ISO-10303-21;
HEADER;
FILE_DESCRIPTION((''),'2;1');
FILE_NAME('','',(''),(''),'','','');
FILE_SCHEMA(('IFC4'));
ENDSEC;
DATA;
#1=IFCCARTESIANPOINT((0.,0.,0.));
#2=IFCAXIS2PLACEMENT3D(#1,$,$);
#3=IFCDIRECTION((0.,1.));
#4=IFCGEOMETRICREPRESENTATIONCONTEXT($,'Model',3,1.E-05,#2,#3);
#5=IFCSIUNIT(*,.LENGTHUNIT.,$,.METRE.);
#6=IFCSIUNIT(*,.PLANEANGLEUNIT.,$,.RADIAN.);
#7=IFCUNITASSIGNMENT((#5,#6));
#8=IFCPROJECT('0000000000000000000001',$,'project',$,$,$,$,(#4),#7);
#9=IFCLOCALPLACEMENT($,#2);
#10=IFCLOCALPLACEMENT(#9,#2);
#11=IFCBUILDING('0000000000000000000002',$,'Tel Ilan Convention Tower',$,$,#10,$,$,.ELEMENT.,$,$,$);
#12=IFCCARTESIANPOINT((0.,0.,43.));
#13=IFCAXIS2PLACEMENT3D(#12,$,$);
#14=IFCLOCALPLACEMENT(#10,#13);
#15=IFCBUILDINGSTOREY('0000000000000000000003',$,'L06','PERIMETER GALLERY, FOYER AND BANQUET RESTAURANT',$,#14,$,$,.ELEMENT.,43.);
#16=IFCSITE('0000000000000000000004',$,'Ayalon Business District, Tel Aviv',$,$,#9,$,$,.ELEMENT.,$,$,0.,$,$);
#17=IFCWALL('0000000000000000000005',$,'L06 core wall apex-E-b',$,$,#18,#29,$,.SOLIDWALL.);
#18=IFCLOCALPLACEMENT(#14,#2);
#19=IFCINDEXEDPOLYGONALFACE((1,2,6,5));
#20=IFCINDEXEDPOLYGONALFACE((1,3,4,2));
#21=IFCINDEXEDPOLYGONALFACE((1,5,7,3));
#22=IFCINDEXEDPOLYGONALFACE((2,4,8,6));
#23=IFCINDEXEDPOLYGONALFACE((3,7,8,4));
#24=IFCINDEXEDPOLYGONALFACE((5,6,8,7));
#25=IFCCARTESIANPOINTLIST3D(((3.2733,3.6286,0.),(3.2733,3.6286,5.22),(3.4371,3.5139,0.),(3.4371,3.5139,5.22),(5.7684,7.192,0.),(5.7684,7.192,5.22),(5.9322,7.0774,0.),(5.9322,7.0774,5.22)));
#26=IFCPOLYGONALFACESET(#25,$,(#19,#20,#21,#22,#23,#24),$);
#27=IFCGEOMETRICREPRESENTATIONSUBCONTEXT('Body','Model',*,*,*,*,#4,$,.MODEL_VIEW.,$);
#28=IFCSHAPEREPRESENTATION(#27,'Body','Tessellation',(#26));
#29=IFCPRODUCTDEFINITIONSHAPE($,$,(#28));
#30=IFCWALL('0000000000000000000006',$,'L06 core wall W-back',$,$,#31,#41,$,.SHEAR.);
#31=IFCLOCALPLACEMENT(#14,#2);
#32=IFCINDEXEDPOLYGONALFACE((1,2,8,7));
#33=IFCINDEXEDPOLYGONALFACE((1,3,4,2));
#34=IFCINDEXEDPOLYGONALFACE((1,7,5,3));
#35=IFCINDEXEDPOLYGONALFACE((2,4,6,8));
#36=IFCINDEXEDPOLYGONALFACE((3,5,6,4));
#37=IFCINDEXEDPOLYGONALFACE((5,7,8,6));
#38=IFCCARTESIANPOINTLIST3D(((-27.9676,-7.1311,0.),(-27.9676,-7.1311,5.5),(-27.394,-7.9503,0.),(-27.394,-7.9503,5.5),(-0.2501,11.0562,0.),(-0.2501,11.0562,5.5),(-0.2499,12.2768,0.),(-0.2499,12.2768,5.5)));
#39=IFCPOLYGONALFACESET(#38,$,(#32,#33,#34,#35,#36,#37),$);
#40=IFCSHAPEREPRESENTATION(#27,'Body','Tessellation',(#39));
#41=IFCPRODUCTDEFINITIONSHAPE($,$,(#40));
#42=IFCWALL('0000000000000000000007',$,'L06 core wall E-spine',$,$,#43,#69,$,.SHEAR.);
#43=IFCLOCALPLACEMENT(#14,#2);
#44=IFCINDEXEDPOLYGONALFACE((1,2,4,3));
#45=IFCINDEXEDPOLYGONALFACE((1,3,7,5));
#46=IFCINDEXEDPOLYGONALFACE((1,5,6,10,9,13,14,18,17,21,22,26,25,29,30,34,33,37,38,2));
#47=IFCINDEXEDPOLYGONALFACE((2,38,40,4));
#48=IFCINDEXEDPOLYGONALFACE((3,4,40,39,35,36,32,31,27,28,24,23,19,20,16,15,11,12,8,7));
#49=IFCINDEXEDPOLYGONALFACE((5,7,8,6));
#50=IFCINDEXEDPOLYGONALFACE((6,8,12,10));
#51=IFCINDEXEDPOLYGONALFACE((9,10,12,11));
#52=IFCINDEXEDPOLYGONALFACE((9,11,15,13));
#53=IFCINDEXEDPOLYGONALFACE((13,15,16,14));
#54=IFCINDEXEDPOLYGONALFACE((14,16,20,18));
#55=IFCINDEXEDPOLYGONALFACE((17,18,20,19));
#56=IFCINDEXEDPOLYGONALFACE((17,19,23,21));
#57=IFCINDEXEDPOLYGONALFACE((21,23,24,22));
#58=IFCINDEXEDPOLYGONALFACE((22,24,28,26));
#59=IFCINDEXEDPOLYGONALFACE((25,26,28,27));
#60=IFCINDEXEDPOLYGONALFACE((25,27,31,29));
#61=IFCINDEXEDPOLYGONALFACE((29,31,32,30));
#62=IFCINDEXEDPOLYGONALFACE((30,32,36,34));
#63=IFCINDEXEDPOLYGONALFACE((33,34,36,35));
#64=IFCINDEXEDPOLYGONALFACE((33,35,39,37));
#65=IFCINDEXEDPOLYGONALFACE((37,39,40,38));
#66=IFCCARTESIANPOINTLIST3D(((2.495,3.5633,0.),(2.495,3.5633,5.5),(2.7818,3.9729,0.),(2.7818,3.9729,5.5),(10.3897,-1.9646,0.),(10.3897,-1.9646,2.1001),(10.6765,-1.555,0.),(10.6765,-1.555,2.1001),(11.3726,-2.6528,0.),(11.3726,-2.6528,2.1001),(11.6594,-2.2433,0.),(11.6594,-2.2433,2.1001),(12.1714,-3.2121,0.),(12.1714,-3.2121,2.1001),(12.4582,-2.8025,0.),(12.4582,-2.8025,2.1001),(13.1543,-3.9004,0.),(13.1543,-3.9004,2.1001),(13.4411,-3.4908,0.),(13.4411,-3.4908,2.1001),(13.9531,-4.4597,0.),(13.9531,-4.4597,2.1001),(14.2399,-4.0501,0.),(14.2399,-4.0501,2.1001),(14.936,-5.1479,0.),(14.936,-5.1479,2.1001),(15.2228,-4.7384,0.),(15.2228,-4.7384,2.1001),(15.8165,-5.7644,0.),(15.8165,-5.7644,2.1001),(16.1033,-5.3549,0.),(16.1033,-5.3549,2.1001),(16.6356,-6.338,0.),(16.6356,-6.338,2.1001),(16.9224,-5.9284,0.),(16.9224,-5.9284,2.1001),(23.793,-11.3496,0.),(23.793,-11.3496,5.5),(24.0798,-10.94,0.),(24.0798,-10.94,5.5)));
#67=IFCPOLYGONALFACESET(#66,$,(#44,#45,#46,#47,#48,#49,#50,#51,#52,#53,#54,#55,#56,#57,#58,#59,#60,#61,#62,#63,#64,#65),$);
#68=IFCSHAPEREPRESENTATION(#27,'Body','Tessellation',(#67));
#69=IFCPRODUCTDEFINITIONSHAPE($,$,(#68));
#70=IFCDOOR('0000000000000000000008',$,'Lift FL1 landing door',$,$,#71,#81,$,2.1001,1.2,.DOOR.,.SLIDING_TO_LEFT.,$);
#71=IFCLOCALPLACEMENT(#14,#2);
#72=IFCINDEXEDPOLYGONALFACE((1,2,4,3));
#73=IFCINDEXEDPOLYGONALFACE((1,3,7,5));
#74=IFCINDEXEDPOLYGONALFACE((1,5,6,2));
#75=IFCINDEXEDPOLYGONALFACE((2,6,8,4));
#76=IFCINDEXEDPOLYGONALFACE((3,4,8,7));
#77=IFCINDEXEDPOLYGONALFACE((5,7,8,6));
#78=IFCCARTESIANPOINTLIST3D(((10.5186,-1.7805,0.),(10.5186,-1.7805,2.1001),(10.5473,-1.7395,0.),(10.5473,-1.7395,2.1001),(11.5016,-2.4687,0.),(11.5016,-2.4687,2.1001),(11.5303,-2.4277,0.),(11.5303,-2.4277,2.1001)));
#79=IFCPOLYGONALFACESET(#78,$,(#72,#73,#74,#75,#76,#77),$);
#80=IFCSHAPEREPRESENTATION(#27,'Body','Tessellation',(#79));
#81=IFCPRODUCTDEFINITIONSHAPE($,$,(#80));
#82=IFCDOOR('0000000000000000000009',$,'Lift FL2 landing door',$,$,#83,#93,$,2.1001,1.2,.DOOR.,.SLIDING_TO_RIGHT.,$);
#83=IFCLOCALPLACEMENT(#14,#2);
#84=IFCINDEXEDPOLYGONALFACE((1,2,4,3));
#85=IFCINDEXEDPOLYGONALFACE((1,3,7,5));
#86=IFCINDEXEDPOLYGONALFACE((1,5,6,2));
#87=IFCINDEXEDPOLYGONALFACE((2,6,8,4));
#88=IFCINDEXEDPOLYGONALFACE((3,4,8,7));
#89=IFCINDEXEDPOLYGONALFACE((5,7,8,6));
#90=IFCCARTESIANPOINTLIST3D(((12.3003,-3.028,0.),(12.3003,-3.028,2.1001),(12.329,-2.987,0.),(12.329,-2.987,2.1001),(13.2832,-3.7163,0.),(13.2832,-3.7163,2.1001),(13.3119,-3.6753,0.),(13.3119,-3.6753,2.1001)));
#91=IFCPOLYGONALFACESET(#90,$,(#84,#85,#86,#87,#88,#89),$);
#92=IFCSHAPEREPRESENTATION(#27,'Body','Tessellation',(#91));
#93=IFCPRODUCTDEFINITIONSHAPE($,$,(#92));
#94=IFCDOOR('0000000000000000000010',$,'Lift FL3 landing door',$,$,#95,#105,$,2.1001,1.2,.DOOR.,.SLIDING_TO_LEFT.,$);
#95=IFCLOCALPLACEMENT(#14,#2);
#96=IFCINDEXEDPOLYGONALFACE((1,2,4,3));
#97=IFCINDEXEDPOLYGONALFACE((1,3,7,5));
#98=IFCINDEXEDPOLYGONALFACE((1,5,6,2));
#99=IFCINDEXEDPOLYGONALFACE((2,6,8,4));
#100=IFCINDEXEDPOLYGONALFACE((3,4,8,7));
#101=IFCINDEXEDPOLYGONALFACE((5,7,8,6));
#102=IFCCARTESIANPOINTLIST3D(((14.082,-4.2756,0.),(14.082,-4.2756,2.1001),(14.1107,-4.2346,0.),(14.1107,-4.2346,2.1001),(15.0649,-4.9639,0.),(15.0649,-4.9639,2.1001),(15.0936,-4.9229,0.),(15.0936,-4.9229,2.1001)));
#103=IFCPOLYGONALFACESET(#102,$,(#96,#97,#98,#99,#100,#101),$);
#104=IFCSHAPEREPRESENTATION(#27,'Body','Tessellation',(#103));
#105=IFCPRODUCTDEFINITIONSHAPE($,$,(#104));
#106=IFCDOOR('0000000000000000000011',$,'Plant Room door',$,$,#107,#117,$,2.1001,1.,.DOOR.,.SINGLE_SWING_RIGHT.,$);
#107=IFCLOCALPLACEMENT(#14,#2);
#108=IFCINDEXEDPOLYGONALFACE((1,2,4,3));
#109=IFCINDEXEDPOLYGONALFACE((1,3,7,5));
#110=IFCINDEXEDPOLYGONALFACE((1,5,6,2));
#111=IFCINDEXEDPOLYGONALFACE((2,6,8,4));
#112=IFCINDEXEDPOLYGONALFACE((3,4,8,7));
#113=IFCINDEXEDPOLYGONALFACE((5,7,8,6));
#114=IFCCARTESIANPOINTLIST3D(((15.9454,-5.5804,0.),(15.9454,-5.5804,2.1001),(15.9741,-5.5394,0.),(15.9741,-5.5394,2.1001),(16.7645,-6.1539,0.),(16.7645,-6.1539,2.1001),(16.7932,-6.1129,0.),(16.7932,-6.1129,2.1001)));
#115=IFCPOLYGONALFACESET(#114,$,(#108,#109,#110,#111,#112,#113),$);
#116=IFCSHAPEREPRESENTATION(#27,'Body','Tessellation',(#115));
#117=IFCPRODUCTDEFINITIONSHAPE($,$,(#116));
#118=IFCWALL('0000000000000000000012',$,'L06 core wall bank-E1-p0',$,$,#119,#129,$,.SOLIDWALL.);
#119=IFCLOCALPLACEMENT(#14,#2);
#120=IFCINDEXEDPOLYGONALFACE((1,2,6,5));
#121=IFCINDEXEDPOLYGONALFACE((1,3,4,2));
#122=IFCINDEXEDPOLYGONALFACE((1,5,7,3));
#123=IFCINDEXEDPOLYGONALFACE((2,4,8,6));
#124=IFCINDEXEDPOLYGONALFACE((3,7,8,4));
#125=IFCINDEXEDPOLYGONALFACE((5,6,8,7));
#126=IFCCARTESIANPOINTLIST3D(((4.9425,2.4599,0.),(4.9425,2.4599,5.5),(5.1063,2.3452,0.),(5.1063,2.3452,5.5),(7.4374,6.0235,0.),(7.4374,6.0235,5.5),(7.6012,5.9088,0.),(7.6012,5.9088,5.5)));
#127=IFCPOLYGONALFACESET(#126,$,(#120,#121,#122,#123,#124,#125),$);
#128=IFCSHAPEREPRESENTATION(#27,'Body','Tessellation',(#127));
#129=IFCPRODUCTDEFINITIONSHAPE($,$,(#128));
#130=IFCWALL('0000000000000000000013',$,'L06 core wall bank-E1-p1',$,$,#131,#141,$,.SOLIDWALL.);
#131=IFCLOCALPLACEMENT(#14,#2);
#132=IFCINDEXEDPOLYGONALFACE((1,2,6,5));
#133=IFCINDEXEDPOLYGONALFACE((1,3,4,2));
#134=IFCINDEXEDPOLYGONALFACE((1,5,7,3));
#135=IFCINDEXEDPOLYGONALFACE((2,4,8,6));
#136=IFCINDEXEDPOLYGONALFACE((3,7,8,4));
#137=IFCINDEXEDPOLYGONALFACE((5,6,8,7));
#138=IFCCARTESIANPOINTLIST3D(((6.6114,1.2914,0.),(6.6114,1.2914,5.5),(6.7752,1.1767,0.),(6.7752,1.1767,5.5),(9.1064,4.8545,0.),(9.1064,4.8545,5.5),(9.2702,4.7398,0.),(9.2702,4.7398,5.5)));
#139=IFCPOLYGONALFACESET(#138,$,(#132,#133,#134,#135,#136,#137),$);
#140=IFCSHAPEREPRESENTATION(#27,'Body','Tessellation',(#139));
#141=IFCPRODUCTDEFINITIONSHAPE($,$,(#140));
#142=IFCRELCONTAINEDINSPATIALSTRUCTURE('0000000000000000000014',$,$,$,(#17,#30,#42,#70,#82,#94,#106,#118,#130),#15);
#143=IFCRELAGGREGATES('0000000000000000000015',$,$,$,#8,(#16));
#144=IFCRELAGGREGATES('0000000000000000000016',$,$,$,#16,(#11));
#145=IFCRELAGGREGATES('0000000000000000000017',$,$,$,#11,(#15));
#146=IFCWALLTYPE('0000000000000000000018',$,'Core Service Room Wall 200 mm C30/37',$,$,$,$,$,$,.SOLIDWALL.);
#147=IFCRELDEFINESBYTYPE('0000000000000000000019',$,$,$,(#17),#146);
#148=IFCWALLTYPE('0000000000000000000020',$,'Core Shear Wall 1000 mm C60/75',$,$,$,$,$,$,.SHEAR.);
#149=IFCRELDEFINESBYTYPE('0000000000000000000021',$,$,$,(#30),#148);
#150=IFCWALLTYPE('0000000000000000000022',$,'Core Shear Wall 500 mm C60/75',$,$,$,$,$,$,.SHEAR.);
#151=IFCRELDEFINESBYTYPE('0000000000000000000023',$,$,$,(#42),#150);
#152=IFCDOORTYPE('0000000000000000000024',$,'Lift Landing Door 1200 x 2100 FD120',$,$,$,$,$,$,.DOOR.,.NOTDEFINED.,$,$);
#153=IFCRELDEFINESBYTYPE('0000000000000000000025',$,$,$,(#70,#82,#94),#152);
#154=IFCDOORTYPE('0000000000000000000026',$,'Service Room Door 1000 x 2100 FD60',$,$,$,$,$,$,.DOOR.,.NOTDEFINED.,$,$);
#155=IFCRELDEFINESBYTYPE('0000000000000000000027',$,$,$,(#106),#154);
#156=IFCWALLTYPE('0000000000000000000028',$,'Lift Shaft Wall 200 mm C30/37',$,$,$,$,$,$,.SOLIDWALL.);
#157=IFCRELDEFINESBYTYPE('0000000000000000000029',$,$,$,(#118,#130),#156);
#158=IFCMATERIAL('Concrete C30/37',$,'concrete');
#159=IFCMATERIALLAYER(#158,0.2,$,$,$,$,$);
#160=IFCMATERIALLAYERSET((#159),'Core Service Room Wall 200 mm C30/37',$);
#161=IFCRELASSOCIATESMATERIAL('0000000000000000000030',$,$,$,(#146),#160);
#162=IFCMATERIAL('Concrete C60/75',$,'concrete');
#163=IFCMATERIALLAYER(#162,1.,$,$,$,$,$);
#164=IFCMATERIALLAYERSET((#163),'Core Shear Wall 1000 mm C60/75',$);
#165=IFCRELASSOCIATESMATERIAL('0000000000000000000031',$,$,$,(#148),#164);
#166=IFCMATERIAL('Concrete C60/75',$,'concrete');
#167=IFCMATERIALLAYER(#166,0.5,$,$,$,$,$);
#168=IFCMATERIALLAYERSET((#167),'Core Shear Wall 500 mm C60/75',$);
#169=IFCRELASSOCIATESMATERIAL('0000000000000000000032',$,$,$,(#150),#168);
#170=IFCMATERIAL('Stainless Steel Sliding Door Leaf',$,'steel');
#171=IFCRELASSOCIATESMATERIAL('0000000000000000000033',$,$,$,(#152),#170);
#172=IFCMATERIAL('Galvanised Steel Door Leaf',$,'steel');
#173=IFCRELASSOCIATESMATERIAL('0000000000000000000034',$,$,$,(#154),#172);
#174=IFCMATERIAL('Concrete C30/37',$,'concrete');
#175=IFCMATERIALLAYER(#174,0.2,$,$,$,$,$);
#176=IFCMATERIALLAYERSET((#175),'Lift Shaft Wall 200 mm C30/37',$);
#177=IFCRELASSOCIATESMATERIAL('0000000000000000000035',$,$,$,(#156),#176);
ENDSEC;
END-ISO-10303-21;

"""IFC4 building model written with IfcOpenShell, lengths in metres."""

from ifc_helpers import new_model, si_unit, direction, frame, frame_2d, origin, place, context, subcontext, project, spatial, polyline, rectangle, outline, extrude, material, layer, layer_set, type_object, element, fill, save


model = new_model("IFC4")

# Units and contexts
model_context = context("Model", 3, precision=1e-05, world=origin(), true_north=direction((0.0, 1.0)))
body_context = subcontext(model_context, "Body", "Model", "MODEL_VIEW")
ifc_project = project(units=[si_unit("LENGTHUNIT", "METRE"), si_unit("PLANEANGLEUNIT", "RADIAN")], contexts=[model_context])

# Site, building, storey
site_placement = place(None, origin())
site = spatial("IfcSite", under=ifc_project, at=site_placement, Name="Ayalon Business District, Tel Aviv", CompositionType="ELEMENT", RefElevation=0.0)
building_placement = place(site_placement, origin())
building = spatial("IfcBuilding", under=site, at=building_placement, Name="Tel Ilan Convention Tower", CompositionType="ELEMENT")
storey_placement = place(building_placement, frame((0.0, 0.0, 43.0)))
storey = spatial("IfcBuildingStorey", under=building, at=storey_placement, Name="L06", Description="PERIMETER GALLERY, FOYER AND BANQUET RESTAURANT", CompositionType="ELEMENT", Elevation=43.0)

# Walls
ifc_material_1 = material(Name="Concrete C30/37", Category="concrete")
ifc_layer_1 = layer(ifc_material_1, 0.2)
ifc_layer_set_1 = layer_set([ifc_layer_1], Name="Core Service Room Wall 200 mm C30/37")
wall_type_1 = type_object("IfcWallType", Name="Core Service Room Wall 200 mm C30/37", PredefinedType="SOLIDWALL", material=ifc_layer_set_1)
wall_1_placement = place(storey_placement, frame((3.3552, 3.5713, 0.0), z_axis=(0.0, 0.0, 1.0), x_axis=(0.573568, 0.819158, 0.0)))
element("IfcWall", 1, at=wall_1_placement, inside=storey, type_object=wall_type_1, Name="L06 core wall apex-E-b", PredefinedType="SOLIDWALL", context=body_context, shape_type="SweptSolid", body=[
    extrude(rectangle(XDim=4.3501, YDim=0.2, at=frame_2d((2.175, 0.0))), origin(), (0.0, 0.0, 1.0), 5.22),
])
ifc_material_2 = material(Name="Concrete C60/75", Category="concrete")
ifc_layer_2 = layer(ifc_material_2, 1.0)
ifc_layer_set_2 = layer_set([ifc_layer_2], Name="Core Shear Wall 1000 mm C60/75")
wall_type_2 = type_object("IfcWallType", Name="Core Shear Wall 1000 mm C60/75", PredefinedType="SHEAR", material=ifc_layer_set_2)
wall_2_placement = place(storey_placement, frame((0.0369, 11.8672, 0.0), z_axis=(0.0, 0.0, 1.0), x_axis=(-0.819155, -0.573572, 0.0)))
element("IfcWall", 2, at=wall_2_placement, inside=storey, type_object=wall_type_2, Name="L06 core wall W-back", PredefinedType="SHEAR", context=body_context, shape_type="SweptSolid", body=[
    extrude(outline(polyline([(33.8369, 0.5), (0.7002, 0.4998), (0.0, -0.5), (33.8369, -0.5), (33.8369, 0.5)])), origin(), (0.0, 0.0, 1.0), 5.5),
])

# Wall, openings, doors
ifc_material_3 = material(Name="Concrete C60/75", Category="concrete")
ifc_layer_3 = layer(ifc_material_3, 0.5)
ifc_layer_set_3 = layer_set([ifc_layer_3], Name="Core Shear Wall 500 mm C60/75")
wall_type_3 = type_object("IfcWallType", Name="Core Shear Wall 500 mm C60/75", PredefinedType="SHEAR", material=ifc_layer_set_3)
wall_3_placement = place(storey_placement, frame((2.6384, 3.7681, 0.0), z_axis=(0.0, 0.0, 1.0), x_axis=(0.819149, -0.573581, 0.0)))
wall_3 = element("IfcWall", 3, at=wall_3_placement, inside=storey, type_object=wall_type_3, Name="L06 core wall E-spine", PredefinedType="SHEAR", context=body_context, shape_type="SweptSolid", body=[
    extrude(outline(polyline([(0.0, 0.25), (0.0, -0.25), (26.0, -0.2498), (26.0, 0.2502), (0.0, 0.25)])), origin(), (0.0, 0.0, 1.0), 5.5),
])
opening_1_placement = place(wall_3_placement, frame((9.6375, 0.0, 0.0)))
opening_1 = element("IfcOpeningElement", 4, at=opening_1_placement, cuts=wall_3, PredefinedType="OPENING", context=body_context, shape_type="SweptSolid", body=[
    extrude(rectangle(XDim=1.2, YDim=2.1001, at=frame_2d((0.6001, 1.05))), frame((0.0, 0.26, 0.0), z_axis=(0.0, -1.0, 0.0), x_axis=(1.0, 0.0, 0.0)), (0.0, 0.0, 1.0), 0.52),
])
opening_2_placement = place(wall_3_placement, frame((11.8125, 0.0, 0.0)))
opening_2 = element("IfcOpeningElement", 5, at=opening_2_placement, cuts=wall_3, PredefinedType="OPENING", context=body_context, shape_type="SweptSolid", body=[
    extrude(rectangle(XDim=1.2, YDim=2.1001, at=frame_2d((0.6001, 1.05))), frame((0.0, 0.26, 0.0), z_axis=(0.0, -1.0, 0.0), x_axis=(1.0, 0.0, 0.0)), (0.0, 0.0, 1.0), 0.52),
])
opening_3_placement = place(wall_3_placement, frame((13.9875, 0.0, 0.0)))
opening_3 = element("IfcOpeningElement", 6, at=opening_3_placement, cuts=wall_3, PredefinedType="OPENING", context=body_context, shape_type="SweptSolid", body=[
    extrude(rectangle(XDim=1.2, YDim=2.1001, at=frame_2d((0.6001, 1.05))), frame((0.0, 0.26, 0.0), z_axis=(0.0, -1.0, 0.0), x_axis=(1.0, 0.0, 0.0)), (0.0, 0.0, 1.0), 0.52),
])
opening_4_placement = place(wall_3_placement, frame((16.2625, 0.0, 0.0)))
opening_4 = element("IfcOpeningElement", 7, at=opening_4_placement, cuts=wall_3, PredefinedType="OPENING", context=body_context, shape_type="SweptSolid", body=[
    extrude(rectangle(XDim=1.0, YDim=2.1001, at=frame_2d((0.5, 1.05))), frame((0.0, 0.26, 0.0), z_axis=(0.0, -1.0, 0.0), x_axis=(1.0, 0.0, 0.0)), (0.0, 0.0, 1.0), 0.52),
])
ifc_material_4 = material(Name="Stainless Steel Sliding Door Leaf", Category="steel")
door_type_1 = type_object("IfcDoorType", Name="Lift Landing Door 1200 x 2100 FD120", OperationType="NOTDEFINED", PredefinedType="DOOR", material=ifc_material_4)
door_1_placement = place(opening_1_placement, origin())
door_1 = element("IfcDoor", 8, at=door_1_placement, inside=storey, type_object=door_type_1, Name="Lift FL1 landing door", OperationType="SLIDING_TO_LEFT", OverallHeight=2.1001, OverallWidth=1.2, PredefinedType="DOOR", context=body_context, shape_type="SweptSolid", body=[
    extrude(rectangle(XDim=1.2, YDim=2.1001, at=frame_2d((0.6001, 1.05))), frame((0.0, 0.0249, 0.0), z_axis=(0.0, -1.0, 0.0), x_axis=(1.0, 0.0, 0.0)), (0.0, 0.0, 1.0), 0.05),
])
fill(opening_1, door_1)
door_2_placement = place(opening_2_placement, origin())
door_2 = element("IfcDoor", 9, at=door_2_placement, inside=storey, type_object=door_type_1, Name="Lift FL2 landing door", OperationType="SLIDING_TO_RIGHT", OverallHeight=2.1001, OverallWidth=1.2, PredefinedType="DOOR", context=body_context, shape_type="SweptSolid", body=[
    extrude(rectangle(XDim=1.2, YDim=2.1001, at=frame_2d((0.6001, 1.05))), frame((0.0, 0.0249, 0.0), z_axis=(0.0, -1.0, 0.0), x_axis=(1.0, 0.0, 0.0)), (0.0, 0.0, 1.0), 0.05),
])
fill(opening_2, door_2)
door_3_placement = place(opening_3_placement, origin())
door_3 = element("IfcDoor", 10, at=door_3_placement, inside=storey, type_object=door_type_1, Name="Lift FL3 landing door", OperationType="SLIDING_TO_LEFT", OverallHeight=2.1001, OverallWidth=1.2, PredefinedType="DOOR", context=body_context, shape_type="SweptSolid", body=[
    extrude(rectangle(XDim=1.2, YDim=2.1001, at=frame_2d((0.6001, 1.05))), frame((0.0, 0.0249, 0.0), z_axis=(0.0, -1.0, 0.0), x_axis=(1.0, 0.0, 0.0)), (0.0, 0.0, 1.0), 0.05),
])
fill(opening_3, door_3)
ifc_material_5 = material(Name="Galvanised Steel Door Leaf", Category="steel")
door_type_2 = type_object("IfcDoorType", Name="Service Room Door 1000 x 2100 FD60", OperationType="NOTDEFINED", PredefinedType="DOOR", material=ifc_material_5)
door_4_placement = place(opening_4_placement, origin())
door_4 = element("IfcDoor", 11, at=door_4_placement, inside=storey, type_object=door_type_2, Name="Plant Room door", OperationType="SINGLE_SWING_RIGHT", OverallHeight=2.1001, OverallWidth=1.0, PredefinedType="DOOR", context=body_context, shape_type="SweptSolid", body=[
    extrude(rectangle(XDim=1.0, YDim=2.1001, at=frame_2d((0.5, 1.05))), frame((0.0, 0.0249, 0.0), z_axis=(0.0, -1.0, 0.0), x_axis=(1.0, 0.0, 0.0)), (0.0, 0.0, 1.0), 0.05),
])
fill(opening_4, door_4)

# Walls
ifc_material_6 = material(Name="Concrete C30/37", Category="concrete")
ifc_layer_4 = layer(ifc_material_6, 0.2)
ifc_layer_set_4 = layer_set([ifc_layer_4], Name="Lift Shaft Wall 200 mm C30/37")
wall_type_4 = type_object("IfcWallType", Name="Lift Shaft Wall 200 mm C30/37", PredefinedType="SOLIDWALL", material=ifc_layer_set_4)
wall_4_placement = place(storey_placement, frame((5.0244, 2.4026, 0.0), z_axis=(0.0, 0.0, 1.0), x_axis=(0.57353, 0.819184, 0.0)))
element("IfcWall", 12, at=wall_4_placement, inside=storey, type_object=wall_type_4, Name="L06 core wall bank-E1-p0", PredefinedType="SOLIDWALL", context=body_context, shape_type="SweptSolid", body=[
    extrude(rectangle(XDim=4.3501, YDim=0.2, at=frame_2d((2.175, 0.0))), origin(), (0.0, 0.0, 1.0), 5.5),
])
wall_5_placement = place(storey_placement, frame((6.6934, 1.2341, 0.0), z_axis=(0.0, 0.0, 1.0), x_axis=(0.573594, 0.81914, 0.0)))
element("IfcWall", 13, at=wall_5_placement, inside=storey, type_object=wall_type_4, Name="L06 core wall bank-E1-p1", PredefinedType="SOLIDWALL", context=body_context, shape_type="SweptSolid", body=[
    extrude(rectangle(XDim=4.3499, YDim=0.2, at=frame_2d((2.1748, 0.0))), origin(), (0.0, 0.0, 1.0), 5.5),
])

save(model, "model.ifc")
